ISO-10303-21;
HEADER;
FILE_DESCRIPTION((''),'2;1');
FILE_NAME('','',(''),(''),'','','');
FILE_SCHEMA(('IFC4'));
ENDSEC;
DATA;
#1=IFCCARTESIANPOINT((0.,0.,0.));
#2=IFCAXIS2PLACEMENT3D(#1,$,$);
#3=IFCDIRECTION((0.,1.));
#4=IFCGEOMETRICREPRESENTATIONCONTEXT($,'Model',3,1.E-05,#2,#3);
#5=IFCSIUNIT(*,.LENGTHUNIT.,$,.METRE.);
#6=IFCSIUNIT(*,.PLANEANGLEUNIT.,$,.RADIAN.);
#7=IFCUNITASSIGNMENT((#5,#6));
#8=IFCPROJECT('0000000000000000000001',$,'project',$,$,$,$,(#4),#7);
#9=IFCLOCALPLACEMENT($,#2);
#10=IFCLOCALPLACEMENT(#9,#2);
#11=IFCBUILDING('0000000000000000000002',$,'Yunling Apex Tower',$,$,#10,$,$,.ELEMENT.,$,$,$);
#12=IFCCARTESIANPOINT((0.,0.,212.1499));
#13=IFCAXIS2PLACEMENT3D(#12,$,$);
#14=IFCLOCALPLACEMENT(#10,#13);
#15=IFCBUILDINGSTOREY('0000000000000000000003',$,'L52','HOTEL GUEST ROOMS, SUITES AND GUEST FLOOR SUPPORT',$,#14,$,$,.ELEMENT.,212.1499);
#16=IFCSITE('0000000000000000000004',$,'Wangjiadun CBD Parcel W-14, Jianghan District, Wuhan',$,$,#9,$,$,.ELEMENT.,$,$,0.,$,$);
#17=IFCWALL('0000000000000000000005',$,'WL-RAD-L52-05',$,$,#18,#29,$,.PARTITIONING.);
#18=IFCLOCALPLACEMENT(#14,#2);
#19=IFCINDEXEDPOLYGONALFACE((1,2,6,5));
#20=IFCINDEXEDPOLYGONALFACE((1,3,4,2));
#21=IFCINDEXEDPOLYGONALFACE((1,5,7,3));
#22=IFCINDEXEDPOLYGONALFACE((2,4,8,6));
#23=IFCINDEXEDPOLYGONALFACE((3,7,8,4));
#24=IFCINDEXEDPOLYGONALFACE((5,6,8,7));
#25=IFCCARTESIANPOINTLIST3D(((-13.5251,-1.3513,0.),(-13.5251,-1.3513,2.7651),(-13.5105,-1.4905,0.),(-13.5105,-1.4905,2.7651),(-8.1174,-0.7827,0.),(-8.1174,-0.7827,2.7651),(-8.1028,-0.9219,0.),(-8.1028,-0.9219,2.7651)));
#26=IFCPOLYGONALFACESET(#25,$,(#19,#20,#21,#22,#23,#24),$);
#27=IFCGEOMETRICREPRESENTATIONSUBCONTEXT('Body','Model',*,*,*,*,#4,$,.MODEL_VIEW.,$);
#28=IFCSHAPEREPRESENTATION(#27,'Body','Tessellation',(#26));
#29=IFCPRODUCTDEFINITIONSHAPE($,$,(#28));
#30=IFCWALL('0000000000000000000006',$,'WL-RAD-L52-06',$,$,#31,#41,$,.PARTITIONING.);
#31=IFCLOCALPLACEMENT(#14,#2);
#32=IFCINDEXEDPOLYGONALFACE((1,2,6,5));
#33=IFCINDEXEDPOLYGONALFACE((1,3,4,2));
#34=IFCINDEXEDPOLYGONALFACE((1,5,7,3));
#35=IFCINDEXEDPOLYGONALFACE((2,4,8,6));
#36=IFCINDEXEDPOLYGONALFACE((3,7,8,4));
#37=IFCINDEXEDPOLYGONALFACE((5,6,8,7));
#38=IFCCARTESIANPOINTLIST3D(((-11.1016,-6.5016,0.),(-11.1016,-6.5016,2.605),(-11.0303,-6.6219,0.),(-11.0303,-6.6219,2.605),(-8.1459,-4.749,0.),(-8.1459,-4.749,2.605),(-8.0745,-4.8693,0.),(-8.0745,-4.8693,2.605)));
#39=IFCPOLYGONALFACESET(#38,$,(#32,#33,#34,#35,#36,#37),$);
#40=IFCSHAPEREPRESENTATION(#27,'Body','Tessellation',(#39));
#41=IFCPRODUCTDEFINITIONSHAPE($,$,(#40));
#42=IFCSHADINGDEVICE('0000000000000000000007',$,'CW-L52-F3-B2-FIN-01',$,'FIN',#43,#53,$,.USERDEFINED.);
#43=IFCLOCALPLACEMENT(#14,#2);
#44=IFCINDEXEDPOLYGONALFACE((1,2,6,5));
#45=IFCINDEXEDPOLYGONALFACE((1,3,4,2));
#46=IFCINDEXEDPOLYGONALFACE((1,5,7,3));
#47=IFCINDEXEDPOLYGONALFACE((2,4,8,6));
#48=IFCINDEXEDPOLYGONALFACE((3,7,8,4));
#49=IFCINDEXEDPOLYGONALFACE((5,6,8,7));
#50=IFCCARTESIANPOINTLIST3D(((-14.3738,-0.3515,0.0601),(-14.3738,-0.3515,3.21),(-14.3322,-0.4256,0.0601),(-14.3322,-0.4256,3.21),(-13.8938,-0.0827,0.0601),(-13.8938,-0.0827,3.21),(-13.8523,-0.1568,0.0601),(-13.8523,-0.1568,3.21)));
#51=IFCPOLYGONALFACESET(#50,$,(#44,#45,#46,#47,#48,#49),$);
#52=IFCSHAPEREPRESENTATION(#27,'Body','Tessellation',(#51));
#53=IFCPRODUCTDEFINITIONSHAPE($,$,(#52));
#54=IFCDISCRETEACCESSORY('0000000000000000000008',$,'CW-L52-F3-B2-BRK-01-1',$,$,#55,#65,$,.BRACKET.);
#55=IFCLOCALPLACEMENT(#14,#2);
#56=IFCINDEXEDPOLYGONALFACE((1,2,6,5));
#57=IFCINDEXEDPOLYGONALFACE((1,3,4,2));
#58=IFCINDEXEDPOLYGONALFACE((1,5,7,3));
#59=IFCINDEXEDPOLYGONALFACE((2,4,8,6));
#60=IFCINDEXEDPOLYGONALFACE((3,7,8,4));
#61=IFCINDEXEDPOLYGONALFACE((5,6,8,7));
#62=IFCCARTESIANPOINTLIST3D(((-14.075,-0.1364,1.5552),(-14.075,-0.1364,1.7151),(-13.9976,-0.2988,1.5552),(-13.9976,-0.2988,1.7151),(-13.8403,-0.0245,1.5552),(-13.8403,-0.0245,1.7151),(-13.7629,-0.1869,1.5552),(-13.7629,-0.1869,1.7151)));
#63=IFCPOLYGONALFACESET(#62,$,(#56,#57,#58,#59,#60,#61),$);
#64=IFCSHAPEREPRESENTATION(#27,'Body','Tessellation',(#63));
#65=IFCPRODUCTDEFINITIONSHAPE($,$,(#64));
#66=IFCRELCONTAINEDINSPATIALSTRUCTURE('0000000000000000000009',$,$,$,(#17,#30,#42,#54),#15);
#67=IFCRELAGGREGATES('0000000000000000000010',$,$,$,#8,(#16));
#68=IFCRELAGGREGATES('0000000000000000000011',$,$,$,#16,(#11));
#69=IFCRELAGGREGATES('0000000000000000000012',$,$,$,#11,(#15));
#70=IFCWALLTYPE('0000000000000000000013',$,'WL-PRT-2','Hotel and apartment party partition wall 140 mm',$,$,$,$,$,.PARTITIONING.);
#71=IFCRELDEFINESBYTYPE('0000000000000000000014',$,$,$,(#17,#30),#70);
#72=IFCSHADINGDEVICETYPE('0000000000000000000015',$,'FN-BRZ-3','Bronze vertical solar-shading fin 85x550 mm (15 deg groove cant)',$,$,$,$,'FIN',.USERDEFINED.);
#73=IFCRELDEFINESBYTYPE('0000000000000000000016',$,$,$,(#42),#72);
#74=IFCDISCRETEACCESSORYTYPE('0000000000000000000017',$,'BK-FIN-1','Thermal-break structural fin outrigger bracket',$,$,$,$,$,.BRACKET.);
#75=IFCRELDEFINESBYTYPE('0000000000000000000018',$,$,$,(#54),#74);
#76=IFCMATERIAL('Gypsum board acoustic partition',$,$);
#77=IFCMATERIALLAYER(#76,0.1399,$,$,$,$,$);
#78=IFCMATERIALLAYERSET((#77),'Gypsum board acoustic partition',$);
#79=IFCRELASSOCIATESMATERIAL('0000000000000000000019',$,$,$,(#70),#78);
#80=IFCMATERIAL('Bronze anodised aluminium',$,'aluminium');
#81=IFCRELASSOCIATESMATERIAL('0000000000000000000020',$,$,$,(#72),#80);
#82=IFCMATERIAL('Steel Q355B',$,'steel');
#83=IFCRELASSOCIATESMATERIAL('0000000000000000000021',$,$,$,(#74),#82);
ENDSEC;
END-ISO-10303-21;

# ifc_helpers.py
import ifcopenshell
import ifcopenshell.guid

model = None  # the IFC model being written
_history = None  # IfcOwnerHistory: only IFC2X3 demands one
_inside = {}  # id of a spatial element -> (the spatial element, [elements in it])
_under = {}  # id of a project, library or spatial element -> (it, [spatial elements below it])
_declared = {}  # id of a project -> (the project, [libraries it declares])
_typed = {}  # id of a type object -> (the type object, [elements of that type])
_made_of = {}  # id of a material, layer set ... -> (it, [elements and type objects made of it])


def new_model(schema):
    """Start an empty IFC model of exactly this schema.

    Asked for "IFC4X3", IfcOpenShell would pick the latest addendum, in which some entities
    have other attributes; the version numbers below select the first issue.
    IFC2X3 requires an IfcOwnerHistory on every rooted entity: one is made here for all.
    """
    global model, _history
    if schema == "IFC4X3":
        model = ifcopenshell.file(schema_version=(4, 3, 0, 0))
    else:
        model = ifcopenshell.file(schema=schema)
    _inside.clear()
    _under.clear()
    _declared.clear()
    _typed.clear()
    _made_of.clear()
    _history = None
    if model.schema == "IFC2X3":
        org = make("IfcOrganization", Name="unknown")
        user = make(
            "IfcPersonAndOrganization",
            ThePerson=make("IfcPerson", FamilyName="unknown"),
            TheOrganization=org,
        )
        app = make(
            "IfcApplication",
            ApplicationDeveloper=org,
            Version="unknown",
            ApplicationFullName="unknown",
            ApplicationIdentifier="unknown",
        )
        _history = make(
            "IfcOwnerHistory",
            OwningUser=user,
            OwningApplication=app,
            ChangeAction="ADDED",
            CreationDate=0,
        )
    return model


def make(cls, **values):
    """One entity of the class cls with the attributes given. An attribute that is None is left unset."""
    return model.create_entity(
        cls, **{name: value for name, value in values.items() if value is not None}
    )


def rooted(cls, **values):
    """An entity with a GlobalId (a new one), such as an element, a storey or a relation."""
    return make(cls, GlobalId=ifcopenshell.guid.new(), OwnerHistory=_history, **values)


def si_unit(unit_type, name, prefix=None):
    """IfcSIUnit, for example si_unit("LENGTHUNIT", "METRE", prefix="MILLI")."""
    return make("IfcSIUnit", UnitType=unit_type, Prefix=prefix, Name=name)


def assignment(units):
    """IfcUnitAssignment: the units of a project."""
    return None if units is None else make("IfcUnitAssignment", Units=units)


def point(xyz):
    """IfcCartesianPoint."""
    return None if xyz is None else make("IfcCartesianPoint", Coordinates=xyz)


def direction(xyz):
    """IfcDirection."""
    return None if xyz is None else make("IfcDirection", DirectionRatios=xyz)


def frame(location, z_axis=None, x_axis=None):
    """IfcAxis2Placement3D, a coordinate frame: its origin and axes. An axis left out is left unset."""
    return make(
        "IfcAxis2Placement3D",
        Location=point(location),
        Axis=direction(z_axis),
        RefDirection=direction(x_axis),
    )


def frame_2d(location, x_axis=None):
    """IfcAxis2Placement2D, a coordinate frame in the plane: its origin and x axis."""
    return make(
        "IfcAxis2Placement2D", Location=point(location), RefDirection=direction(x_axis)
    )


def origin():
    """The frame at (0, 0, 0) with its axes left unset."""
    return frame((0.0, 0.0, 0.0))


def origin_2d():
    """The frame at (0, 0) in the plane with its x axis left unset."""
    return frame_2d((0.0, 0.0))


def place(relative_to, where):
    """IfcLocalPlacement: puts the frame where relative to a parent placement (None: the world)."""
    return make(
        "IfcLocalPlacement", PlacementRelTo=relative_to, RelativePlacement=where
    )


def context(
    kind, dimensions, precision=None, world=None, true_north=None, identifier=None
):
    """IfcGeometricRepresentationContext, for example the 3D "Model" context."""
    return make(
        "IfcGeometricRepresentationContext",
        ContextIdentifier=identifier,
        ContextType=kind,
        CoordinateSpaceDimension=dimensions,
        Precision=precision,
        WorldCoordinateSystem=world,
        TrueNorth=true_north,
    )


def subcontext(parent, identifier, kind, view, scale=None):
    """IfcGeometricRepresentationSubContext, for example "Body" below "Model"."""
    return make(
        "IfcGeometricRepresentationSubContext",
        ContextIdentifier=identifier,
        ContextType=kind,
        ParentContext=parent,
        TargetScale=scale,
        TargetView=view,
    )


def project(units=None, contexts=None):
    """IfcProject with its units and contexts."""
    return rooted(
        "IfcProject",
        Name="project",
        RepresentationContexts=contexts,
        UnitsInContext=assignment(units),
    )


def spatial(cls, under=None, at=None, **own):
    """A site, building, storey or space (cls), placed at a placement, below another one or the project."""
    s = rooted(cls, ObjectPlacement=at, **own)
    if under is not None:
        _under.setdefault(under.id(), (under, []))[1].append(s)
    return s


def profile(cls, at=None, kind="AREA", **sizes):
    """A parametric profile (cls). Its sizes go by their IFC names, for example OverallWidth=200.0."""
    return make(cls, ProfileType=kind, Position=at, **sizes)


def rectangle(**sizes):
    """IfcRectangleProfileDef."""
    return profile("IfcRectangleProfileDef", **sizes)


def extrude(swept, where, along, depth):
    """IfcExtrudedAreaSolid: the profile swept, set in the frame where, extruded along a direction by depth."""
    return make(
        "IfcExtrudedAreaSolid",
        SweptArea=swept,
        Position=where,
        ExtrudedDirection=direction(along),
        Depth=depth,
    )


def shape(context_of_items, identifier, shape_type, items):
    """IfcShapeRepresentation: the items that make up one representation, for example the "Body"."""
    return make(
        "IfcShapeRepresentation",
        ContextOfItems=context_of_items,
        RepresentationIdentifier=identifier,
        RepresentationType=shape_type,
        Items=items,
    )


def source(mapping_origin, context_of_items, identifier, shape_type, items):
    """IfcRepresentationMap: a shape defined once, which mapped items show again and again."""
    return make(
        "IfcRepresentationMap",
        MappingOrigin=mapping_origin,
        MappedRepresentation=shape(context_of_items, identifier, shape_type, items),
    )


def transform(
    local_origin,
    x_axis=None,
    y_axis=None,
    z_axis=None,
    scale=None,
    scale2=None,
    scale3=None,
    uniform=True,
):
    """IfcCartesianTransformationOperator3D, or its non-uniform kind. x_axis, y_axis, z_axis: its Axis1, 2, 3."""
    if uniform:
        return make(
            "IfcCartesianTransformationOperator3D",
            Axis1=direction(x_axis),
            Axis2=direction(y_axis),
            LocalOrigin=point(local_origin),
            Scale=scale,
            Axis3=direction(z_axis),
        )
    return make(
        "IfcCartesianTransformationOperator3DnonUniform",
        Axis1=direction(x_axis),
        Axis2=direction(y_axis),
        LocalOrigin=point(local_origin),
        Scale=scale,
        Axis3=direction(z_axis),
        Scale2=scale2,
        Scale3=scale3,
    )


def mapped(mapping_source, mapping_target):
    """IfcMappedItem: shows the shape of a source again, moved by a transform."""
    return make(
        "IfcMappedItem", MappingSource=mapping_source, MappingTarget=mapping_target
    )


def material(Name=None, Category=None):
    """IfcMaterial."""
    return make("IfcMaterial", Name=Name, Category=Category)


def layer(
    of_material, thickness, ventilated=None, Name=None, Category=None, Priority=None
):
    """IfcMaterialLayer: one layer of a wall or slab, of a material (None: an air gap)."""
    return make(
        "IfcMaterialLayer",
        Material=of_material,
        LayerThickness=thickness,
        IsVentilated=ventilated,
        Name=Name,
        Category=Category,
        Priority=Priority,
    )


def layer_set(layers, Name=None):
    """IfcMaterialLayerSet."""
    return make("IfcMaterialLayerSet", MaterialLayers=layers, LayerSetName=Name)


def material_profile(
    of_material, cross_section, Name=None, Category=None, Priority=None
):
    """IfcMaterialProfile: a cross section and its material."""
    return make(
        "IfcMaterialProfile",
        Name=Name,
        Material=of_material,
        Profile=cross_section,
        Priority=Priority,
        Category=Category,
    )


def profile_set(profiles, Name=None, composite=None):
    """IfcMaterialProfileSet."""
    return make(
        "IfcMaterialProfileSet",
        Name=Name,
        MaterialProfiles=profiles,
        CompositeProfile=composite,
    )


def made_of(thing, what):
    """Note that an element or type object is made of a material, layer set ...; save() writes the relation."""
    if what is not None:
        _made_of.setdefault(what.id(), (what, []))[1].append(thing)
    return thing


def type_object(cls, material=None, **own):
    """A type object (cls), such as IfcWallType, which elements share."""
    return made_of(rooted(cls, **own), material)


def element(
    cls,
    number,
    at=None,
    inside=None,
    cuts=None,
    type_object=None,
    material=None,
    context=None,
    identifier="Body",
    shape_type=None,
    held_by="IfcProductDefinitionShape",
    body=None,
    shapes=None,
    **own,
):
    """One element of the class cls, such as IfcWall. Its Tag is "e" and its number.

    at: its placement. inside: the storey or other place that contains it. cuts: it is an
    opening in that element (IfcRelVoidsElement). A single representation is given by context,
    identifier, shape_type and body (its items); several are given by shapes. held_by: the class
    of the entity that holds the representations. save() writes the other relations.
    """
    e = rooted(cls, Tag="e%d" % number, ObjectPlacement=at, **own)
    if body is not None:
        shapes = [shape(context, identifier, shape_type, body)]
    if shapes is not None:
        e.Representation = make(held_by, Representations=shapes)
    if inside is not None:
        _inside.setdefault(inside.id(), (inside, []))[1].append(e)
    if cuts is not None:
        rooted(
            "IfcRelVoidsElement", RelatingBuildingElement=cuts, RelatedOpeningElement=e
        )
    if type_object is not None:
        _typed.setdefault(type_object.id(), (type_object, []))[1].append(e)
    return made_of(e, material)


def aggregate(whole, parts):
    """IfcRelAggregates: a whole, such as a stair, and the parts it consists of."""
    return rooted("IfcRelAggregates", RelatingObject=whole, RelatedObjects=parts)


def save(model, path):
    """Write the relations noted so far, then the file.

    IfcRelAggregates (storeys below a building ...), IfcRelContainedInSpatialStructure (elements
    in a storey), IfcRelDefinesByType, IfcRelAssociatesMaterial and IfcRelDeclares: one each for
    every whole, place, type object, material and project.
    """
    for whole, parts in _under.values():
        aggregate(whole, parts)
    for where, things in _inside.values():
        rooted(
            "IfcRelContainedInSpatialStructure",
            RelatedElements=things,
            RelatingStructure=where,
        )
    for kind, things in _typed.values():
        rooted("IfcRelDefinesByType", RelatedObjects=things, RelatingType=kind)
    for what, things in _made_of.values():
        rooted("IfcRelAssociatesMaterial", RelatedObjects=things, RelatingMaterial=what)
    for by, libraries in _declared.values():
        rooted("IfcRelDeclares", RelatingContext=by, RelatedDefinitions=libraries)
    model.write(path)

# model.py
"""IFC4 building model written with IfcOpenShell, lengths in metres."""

from ifc_helpers import new_model, si_unit, direction, frame, frame_2d, origin, origin_2d, place, context, subcontext, project, spatial, rectangle, extrude, source, transform, mapped, material, layer, layer_set, material_profile, profile_set, type_object, element, save


model = new_model("IFC4")

# Units and contexts
model_context = context("Model", 3, precision=1e-05, world=origin(), true_north=direction((0.0, 1.0)))
body_context = subcontext(model_context, "Body", "Model", "MODEL_VIEW")
ifc_project = project(units=[si_unit("LENGTHUNIT", "METRE"), si_unit("PLANEANGLEUNIT", "RADIAN")], contexts=[model_context])

# Site, building, storey
site_placement = place(None, origin())
site = spatial("IfcSite", under=ifc_project, at=site_placement, Name="Wangjiadun CBD Parcel W-14, Jianghan District, Wuhan", CompositionType="ELEMENT", RefElevation=0.0)
building_placement = place(site_placement, origin())
building = spatial("IfcBuilding", under=site, at=building_placement, Name="Yunling Apex Tower", CompositionType="ELEMENT")
storey_placement = place(building_placement, frame((0.0, 0.0, 212.1499)))
storey = spatial("IfcBuildingStorey", under=building, at=storey_placement, Name="L52", Description="HOTEL GUEST ROOMS, SUITES AND GUEST FLOOR SUPPORT", CompositionType="ELEMENT", Elevation=212.1499)

# Shared definitions
ifc_material_1 = material(Name="Steel Q355B", Category="steel")

# Shared definitions
ifc_material_2 = material(Name="Bronze anodised aluminium", Category="aluminium")

# Walls
ifc_material_3 = material(Name="Gypsum board acoustic partition")
ifc_layer_1 = layer(ifc_material_3, 0.1399)
ifc_layer_set_1 = layer_set([ifc_layer_1], Name="Gypsum board acoustic partition")
wall_type_1 = type_object("IfcWallType", Name="WL-PRT-2", Description="Hotel and apartment party partition wall 140 mm", PredefinedType="PARTITIONING", material=ifc_layer_set_1)
wall_1_placement = place(storey_placement, frame((-8.1101, -0.8523, 0.0), z_axis=(0.0, 0.0, 1.0), x_axis=(-0.994518, -0.10457, 0.0)))
element("IfcWall", 1, at=wall_1_placement, inside=storey, type_object=wall_type_1, Name="WL-RAD-L52-05", PredefinedType="PARTITIONING", context=body_context, shape_type="SweptSolid", body=[
    extrude(rectangle(XDim=5.4375, YDim=0.1399, at=frame_2d((2.7188, 0.0))), origin(), (0.0, 0.0, 1.0), 2.7651),
])
wall_2_placement = place(storey_placement, frame((-8.1101, -4.8091, 0.0), z_axis=(0.0, 0.0, 1.0), x_axis=(-0.860152, -0.510038, 0.0)))
element("IfcWall", 2, at=wall_2_placement, inside=storey, type_object=wall_type_1, Name="WL-RAD-L52-06", PredefinedType="PARTITIONING", context=body_context, shape_type="SweptSolid", body=[
    extrude(rectangle(XDim=3.4363, YDim=0.1399, at=frame_2d((1.7183, 0.0))), origin(), (0.0, 0.0, 1.0), 2.605),
])

# Shading device
ifc_material_profile_1 = material_profile(ifc_material_2, rectangle(XDim=0.085, YDim=0.55, at=origin_2d()))
ifc_profile_set_1 = profile_set([ifc_material_profile_1], Name="Bronze anodised aluminium")
shading_device_type = type_object("IfcShadingDeviceType", Name="FN-BRZ-3", Description="Bronze vertical solar-shading fin 85x550 mm (15 deg groove cant)", ElementType="FIN", PredefinedType="USERDEFINED", material=ifc_profile_set_1)
shared_shape_1 = source(origin(), body_context, "Body", "SweptSolid", [
    extrude(rectangle(XDim=0.085, YDim=0.55, at=origin_2d()), origin(), (0.0, 0.0, 1.0), 3.1499),
])
shading_device_placement = place(storey_placement, frame((-14.113, -0.2542, 0.0601), z_axis=(0.0, 0.0, 1.0), x_axis=(0.488621, -0.872496, 0.0)))
element("IfcShadingDevice", 3, at=shading_device_placement, inside=storey, type_object=shading_device_type, Name="CW-L52-F3-B2-FIN-01", ObjectType="FIN", PredefinedType="USERDEFINED", context=body_context, shape_type="MappedRepresentation", body=[
    mapped(shared_shape_1, transform((0.0, 0.0, 0.0), scale=1.0)),
])

# Discrete accessory
discrete_accessory_type = type_object("IfcDiscreteAccessoryType", Name="BK-FIN-1", Description="Thermal-break structural fin outrigger bracket", PredefinedType="BRACKET", material=ifc_material_1)
shared_shape_2 = source(origin(), body_context, "Body", "SweptSolid", [
    extrude(rectangle(XDim=0.1799, YDim=0.26, at=origin_2d()), origin(), (0.0, 0.0, 1.0), 0.1599),
])
discrete_accessory_placement = place(storey_placement, frame((-13.9189, -0.1616, 1.5552), z_axis=(0.0, 0.0, 1.0), x_axis=(0.430511, -0.902585, 0.0)))
element("IfcDiscreteAccessory", 4, at=discrete_accessory_placement, inside=storey, type_object=discrete_accessory_type, Name="CW-L52-F3-B2-BRK-01-1", PredefinedType="BRACKET", context=body_context, shape_type="MappedRepresentation", body=[
    mapped(shared_shape_2, transform((0.0, 0.0, 0.0), scale=1.0)),
])

save(model, "model.ifc")
